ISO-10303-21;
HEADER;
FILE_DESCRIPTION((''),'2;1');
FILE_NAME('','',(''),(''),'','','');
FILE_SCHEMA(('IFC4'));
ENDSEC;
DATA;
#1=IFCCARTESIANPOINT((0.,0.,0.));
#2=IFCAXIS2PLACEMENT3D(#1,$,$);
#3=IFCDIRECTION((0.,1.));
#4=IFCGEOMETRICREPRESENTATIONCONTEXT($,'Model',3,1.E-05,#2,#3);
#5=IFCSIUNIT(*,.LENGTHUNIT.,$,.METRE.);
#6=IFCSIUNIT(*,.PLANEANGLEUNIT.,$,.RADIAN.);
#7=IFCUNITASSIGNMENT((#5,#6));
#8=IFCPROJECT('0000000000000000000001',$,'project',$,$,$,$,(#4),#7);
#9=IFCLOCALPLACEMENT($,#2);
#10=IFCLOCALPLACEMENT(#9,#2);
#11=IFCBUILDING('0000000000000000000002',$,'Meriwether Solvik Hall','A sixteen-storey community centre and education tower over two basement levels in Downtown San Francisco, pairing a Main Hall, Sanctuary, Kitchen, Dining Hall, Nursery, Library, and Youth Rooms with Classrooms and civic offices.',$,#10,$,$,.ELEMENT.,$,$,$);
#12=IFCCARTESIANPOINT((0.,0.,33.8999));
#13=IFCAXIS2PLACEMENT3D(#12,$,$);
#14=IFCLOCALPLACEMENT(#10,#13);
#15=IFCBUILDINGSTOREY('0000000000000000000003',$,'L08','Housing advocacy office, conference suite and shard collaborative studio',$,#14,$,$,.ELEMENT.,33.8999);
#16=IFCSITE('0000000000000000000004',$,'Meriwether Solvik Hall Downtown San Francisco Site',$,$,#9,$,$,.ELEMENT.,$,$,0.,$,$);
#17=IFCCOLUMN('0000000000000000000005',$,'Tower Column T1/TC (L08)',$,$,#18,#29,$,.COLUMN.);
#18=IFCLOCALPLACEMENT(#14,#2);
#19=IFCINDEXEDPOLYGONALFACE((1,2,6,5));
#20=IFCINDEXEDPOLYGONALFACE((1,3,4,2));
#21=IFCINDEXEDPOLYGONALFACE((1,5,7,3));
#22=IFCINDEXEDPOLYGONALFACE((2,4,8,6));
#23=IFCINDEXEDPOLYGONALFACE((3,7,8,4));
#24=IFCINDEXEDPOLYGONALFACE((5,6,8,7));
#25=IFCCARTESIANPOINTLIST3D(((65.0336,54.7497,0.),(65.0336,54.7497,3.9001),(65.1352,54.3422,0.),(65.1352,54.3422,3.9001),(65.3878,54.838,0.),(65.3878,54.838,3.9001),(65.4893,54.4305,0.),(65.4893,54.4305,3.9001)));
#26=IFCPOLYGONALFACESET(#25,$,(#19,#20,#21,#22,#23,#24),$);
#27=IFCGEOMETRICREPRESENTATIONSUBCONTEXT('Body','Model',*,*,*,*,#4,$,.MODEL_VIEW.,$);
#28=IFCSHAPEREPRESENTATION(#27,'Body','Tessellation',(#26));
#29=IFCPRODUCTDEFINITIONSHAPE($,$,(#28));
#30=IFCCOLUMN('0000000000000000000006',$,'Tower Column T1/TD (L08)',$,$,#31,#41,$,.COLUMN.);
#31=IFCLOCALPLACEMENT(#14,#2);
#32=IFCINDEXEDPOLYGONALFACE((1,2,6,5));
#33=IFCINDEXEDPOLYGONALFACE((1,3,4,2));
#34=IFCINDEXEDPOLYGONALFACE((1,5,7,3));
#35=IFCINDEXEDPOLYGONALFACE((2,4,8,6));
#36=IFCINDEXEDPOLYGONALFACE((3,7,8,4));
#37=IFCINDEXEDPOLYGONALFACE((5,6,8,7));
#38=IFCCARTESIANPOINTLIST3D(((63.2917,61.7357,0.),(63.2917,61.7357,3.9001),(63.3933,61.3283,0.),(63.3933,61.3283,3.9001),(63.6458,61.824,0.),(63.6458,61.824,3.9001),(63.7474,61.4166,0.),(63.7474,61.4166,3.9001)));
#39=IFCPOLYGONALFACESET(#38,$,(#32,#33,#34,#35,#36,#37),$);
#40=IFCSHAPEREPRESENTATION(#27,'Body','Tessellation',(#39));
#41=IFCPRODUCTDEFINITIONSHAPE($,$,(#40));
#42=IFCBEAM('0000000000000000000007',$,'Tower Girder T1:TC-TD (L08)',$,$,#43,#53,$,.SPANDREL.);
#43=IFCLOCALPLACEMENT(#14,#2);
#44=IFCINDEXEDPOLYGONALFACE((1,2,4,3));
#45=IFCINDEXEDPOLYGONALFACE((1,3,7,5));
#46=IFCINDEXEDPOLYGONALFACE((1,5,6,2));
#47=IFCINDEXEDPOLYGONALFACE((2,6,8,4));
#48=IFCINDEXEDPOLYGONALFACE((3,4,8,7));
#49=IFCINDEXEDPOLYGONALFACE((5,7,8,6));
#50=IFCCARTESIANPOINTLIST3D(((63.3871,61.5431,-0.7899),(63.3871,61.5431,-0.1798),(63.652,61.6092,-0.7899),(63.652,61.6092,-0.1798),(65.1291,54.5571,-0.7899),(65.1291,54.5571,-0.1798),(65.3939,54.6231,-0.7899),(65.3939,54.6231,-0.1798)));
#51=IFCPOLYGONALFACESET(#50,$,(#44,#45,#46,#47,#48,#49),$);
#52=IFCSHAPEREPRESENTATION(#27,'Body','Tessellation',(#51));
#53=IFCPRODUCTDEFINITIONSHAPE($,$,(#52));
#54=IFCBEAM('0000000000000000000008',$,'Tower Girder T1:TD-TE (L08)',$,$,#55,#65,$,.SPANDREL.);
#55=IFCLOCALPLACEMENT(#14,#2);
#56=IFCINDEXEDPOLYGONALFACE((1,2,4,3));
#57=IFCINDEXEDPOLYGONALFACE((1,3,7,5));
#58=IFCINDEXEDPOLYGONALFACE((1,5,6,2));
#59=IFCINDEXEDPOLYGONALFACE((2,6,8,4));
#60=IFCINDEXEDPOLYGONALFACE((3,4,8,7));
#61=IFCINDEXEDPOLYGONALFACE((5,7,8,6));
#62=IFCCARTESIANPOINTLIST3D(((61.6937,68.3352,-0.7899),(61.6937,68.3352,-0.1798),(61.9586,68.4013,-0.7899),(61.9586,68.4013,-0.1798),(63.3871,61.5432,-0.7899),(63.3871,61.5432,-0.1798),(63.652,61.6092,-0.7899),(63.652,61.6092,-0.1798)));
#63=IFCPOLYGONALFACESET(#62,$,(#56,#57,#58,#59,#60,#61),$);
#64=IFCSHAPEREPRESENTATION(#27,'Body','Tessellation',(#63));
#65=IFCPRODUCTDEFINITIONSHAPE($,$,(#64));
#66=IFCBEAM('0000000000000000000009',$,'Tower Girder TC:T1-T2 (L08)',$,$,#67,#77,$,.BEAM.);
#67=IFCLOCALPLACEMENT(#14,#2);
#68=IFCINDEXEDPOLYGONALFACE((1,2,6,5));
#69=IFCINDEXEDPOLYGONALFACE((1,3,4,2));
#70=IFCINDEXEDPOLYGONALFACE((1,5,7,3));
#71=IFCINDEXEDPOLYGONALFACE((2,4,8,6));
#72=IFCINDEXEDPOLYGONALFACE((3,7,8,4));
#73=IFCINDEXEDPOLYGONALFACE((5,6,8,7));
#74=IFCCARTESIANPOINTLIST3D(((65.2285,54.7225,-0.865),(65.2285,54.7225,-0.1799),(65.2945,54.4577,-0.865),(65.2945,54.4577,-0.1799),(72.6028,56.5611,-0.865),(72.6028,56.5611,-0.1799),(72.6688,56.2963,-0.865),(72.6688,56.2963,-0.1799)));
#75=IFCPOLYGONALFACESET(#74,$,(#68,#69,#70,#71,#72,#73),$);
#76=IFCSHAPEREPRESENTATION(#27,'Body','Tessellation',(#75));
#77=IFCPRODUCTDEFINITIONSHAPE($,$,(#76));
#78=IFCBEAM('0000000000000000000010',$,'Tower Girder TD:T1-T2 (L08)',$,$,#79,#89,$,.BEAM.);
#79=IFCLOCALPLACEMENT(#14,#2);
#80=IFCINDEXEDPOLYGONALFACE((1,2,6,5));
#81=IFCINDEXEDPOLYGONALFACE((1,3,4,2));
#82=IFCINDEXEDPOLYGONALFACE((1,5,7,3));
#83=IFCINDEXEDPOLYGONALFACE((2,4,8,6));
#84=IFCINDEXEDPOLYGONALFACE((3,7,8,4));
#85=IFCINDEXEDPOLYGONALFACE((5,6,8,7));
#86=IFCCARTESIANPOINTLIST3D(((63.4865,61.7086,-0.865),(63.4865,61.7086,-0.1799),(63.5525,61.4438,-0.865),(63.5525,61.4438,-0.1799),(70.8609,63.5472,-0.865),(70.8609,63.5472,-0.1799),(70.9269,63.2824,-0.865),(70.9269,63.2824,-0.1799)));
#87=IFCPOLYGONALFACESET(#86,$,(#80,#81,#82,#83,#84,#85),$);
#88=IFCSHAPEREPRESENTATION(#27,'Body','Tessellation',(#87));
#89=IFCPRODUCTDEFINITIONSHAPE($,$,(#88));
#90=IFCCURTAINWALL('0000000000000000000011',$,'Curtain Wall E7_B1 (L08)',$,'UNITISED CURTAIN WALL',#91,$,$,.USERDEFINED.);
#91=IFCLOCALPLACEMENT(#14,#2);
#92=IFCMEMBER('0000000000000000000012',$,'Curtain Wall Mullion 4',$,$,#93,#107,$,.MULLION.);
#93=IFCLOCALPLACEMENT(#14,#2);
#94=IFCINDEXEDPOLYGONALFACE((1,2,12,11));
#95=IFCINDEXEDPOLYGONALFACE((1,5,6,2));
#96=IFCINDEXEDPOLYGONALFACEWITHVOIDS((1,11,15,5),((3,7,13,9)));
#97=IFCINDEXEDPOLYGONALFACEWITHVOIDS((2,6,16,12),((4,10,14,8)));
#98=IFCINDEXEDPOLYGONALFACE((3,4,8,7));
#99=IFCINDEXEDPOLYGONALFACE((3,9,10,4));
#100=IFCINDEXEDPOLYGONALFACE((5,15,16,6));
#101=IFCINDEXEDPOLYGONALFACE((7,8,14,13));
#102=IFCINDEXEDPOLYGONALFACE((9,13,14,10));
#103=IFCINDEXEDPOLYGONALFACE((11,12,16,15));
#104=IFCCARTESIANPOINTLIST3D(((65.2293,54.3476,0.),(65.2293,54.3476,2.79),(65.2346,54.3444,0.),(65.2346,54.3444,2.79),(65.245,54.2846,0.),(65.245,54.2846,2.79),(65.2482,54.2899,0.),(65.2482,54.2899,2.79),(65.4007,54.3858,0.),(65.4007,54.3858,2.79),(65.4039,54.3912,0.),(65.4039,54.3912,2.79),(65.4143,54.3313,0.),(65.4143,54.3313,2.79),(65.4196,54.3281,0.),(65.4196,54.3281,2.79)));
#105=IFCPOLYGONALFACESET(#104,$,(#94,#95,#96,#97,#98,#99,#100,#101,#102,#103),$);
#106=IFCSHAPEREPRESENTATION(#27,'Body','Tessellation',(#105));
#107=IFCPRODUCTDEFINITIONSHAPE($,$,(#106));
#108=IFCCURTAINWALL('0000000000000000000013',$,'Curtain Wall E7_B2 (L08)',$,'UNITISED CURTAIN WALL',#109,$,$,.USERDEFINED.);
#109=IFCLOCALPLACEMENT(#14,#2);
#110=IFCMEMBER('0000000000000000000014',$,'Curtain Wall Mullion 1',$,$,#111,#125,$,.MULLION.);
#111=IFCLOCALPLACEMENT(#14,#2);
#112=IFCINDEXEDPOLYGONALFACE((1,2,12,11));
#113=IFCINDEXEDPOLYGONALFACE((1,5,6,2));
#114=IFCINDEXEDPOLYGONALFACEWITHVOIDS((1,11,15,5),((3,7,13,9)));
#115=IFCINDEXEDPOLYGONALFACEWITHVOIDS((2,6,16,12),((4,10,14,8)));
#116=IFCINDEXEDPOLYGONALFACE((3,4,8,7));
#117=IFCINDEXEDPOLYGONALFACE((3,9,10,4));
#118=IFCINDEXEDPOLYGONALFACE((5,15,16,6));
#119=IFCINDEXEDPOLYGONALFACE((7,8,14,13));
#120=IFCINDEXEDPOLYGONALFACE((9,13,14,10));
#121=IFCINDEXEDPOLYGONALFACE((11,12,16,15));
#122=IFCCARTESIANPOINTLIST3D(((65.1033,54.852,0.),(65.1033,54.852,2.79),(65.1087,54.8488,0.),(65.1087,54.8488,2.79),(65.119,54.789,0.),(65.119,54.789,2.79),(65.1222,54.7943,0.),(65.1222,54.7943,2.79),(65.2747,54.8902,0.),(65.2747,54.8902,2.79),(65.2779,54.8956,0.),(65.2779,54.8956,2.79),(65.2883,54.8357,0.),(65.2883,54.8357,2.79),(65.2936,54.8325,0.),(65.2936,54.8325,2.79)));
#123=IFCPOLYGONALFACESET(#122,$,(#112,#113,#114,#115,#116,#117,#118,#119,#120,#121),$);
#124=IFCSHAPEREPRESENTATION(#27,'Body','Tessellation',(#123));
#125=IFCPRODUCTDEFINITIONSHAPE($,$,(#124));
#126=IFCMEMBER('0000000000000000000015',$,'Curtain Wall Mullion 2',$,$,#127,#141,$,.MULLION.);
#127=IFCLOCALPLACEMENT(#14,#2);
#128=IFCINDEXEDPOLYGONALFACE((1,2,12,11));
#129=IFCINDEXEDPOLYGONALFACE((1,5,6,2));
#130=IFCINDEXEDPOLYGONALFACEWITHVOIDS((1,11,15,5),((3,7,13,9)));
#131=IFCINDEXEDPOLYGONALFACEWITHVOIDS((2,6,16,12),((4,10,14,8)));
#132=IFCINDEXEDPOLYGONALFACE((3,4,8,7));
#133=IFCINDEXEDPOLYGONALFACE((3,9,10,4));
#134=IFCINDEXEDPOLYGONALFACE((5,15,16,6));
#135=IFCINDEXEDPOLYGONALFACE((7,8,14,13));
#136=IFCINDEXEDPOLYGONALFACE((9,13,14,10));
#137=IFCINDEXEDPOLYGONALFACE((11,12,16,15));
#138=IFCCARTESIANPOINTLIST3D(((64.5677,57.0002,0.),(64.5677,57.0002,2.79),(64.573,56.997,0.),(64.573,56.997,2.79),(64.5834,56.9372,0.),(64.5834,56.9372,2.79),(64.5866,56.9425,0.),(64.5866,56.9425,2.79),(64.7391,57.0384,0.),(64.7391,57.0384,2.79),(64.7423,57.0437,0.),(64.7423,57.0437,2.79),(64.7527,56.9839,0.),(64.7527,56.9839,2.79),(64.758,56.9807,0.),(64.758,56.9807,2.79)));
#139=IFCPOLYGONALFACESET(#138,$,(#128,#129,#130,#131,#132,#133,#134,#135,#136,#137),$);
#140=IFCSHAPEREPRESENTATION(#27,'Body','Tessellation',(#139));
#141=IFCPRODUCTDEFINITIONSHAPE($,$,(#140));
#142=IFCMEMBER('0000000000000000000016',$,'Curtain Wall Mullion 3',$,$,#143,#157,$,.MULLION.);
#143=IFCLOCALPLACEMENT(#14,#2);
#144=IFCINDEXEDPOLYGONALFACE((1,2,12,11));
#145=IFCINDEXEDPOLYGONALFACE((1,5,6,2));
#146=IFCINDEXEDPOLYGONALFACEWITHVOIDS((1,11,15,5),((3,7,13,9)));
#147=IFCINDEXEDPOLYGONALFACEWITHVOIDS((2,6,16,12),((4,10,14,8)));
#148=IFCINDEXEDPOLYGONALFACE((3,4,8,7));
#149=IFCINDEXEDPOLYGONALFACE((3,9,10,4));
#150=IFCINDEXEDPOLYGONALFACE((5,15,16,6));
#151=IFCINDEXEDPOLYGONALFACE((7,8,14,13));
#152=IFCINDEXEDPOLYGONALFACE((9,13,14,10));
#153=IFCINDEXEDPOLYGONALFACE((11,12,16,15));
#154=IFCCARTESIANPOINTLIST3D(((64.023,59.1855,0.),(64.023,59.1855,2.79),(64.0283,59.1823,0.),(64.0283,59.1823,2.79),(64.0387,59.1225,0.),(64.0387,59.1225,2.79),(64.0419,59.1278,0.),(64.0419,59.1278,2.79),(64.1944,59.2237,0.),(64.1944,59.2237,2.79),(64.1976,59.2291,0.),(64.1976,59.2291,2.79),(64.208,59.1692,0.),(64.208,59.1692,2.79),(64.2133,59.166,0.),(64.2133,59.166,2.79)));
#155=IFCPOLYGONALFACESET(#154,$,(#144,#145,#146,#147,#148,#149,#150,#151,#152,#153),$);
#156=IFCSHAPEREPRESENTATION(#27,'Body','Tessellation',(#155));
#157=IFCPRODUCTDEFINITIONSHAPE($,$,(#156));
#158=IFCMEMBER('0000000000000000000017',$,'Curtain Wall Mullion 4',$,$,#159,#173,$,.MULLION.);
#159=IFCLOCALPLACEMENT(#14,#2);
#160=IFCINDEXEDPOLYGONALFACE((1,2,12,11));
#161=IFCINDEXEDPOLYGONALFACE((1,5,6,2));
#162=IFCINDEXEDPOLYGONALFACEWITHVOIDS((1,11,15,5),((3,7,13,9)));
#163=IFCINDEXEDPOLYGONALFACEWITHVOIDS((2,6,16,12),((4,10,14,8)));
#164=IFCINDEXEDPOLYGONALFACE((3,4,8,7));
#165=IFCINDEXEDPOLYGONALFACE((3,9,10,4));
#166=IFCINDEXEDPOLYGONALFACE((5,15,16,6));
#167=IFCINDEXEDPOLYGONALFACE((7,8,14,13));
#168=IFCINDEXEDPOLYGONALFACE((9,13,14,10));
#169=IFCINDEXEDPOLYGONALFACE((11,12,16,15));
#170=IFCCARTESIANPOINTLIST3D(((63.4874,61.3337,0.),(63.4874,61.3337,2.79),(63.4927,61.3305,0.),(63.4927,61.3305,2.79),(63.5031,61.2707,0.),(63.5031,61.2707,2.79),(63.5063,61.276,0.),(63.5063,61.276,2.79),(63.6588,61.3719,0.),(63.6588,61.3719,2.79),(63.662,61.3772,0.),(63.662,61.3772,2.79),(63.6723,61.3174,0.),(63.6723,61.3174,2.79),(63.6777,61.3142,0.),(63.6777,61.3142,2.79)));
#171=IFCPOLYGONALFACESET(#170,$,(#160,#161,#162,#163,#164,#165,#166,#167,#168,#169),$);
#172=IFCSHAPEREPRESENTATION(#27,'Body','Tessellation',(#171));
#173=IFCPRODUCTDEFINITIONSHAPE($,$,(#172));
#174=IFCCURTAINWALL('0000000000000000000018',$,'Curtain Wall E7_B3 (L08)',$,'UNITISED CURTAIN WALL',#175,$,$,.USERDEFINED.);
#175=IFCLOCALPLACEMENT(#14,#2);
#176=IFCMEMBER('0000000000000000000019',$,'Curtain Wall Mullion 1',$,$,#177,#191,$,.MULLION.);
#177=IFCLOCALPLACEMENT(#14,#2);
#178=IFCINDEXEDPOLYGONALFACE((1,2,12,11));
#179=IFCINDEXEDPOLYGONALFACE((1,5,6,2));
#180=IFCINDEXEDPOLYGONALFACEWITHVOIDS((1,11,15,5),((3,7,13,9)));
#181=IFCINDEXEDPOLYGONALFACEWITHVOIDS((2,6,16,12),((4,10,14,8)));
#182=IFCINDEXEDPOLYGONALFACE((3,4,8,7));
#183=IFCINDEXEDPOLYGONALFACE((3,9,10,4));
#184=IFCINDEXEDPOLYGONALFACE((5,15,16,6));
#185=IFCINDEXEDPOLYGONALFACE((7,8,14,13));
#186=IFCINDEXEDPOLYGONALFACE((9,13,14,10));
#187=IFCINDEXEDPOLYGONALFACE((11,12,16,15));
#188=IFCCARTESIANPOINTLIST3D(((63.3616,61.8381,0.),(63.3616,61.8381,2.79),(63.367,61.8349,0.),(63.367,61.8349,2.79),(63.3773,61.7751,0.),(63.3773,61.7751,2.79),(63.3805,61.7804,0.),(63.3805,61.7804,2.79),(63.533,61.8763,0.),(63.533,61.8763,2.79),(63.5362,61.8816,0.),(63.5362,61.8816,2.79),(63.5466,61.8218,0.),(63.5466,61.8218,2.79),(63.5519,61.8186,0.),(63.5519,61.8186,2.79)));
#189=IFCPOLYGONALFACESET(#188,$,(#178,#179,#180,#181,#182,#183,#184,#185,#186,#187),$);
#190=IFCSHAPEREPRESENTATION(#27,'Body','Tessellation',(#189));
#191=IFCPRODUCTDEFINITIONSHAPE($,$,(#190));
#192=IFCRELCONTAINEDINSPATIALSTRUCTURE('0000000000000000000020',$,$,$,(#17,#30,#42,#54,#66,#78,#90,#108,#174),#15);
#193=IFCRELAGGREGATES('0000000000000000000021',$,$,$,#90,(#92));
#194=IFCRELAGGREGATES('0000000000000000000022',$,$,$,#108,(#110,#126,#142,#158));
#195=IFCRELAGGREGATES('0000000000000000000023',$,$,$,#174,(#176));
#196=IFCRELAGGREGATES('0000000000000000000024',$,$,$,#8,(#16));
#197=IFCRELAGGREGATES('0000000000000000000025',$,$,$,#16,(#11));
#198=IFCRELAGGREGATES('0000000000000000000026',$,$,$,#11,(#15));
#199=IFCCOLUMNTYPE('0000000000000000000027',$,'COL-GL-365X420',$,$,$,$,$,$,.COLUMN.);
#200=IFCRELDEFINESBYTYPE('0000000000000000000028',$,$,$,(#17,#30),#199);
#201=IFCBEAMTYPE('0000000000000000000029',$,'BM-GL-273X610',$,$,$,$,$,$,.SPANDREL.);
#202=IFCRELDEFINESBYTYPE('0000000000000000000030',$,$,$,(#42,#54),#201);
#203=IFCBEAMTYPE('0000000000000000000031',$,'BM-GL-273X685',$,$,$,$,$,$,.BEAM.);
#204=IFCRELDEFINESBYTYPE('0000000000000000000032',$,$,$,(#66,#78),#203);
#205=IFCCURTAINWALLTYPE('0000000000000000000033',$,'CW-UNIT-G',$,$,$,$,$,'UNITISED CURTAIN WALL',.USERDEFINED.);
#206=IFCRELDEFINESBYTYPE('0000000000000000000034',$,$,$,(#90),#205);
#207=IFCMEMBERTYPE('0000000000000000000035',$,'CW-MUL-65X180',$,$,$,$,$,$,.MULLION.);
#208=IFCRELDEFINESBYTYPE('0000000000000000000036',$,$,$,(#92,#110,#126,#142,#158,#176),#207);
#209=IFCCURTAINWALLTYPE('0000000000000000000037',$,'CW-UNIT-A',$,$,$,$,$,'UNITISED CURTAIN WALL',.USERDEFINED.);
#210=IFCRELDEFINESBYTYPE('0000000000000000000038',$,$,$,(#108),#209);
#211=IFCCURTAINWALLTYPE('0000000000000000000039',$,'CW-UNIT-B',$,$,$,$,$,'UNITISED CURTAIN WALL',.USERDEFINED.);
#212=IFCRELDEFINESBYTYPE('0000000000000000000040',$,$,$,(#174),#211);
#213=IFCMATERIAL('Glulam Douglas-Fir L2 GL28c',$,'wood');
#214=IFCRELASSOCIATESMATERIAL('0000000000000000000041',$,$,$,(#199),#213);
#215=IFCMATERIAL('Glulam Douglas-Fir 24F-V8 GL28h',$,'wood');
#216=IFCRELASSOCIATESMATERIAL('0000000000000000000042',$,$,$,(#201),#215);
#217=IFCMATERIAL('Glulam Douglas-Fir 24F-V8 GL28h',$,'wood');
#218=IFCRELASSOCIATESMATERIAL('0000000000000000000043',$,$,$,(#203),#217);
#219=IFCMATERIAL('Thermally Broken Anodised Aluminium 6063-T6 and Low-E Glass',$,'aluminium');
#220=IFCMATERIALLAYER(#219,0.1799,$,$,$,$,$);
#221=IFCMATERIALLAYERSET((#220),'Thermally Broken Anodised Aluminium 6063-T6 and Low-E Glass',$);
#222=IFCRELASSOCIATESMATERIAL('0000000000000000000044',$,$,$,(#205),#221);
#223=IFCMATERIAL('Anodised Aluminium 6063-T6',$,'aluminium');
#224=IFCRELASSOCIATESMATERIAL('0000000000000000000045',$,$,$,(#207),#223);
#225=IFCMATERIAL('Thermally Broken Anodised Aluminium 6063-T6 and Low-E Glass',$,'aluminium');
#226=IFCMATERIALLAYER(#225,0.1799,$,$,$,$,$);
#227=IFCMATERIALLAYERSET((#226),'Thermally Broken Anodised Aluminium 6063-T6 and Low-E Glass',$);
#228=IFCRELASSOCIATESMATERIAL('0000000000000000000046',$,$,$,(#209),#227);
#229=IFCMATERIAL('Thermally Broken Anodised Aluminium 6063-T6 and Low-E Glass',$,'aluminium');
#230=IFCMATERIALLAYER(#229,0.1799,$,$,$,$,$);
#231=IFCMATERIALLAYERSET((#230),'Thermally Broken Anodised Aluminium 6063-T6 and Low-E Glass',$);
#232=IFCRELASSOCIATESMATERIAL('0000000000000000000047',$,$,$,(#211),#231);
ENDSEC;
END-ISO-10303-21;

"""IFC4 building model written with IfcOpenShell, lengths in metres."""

from ifc_helpers import new_model, si_unit, direction, frame, origin, origin_2d, place, context, subcontext, project, spatial, rectangle, hollow_rectangle, extrude, material, layer, layer_set, material_profile, profile_set, type_object, element, aggregate, save


model = new_model("IFC4")

# Units and contexts
model_context = context("Model", 3, precision=1e-05, world=origin(), true_north=direction((0.0, 1.0)))
body_context = subcontext(model_context, "Body", "Model", "MODEL_VIEW")
ifc_project = project(units=[si_unit("LENGTHUNIT", "METRE"), si_unit("PLANEANGLEUNIT", "RADIAN")], contexts=[model_context])

# Site, building, storey
site_placement = place(None, origin())
site = spatial("IfcSite", under=ifc_project, at=site_placement, Name="Meriwether Solvik Hall Downtown San Francisco Site", CompositionType="ELEMENT", RefElevation=0.0)
building_placement = place(site_placement, origin())
building = spatial("IfcBuilding", under=site, at=building_placement, Name="Meriwether Solvik Hall", Description="A sixteen-storey community centre and education tower over two basement levels in Downtown San Francisco, pairing a Main Hall, Sanctuary, Kitchen, Dining Hall, Nursery, Library, and Youth Rooms with Classrooms and civic offices.", CompositionType="ELEMENT")
storey_placement = place(building_placement, frame((0.0, 0.0, 33.8999)))
storey = spatial("IfcBuildingStorey", under=building, at=storey_placement, Name="L08", Description="Housing advocacy office, conference suite and shard collaborative studio", CompositionType="ELEMENT", Elevation=33.8999)

# Columns
ifc_material_1 = material(Name="Glulam Douglas-Fir L2 GL28c", Category="wood")
ifc_material_profile_1 = material_profile(ifc_material_1, rectangle(XDim=0.365, YDim=0.4199, at=origin_2d()), Name="GLC-365X420")
ifc_profile_set_1 = profile_set([ifc_material_profile_1], Name="Glulam Douglas-Fir L2 GL28c")
column_type = type_object("IfcColumnType", Name="COL-GL-365X420", PredefinedType="COLUMN", material=ifc_profile_set_1)
for number, where, z_axis, x_axis, name in (
    (1, (65.2615, 54.5901, 0.0), (0.0, 0.0, 1.0), (0.970296, 0.241922, 0.0), "Tower Column T1/TC (L08)"),
    (2, (63.5195, 61.5762, 0.0), (0.0, 0.0, 1.0), (0.970296, 0.241922, 0.0), "Tower Column T1/TD (L08)"),
):
    element("IfcColumn", number, at=place(storey_placement, frame(where, z_axis=z_axis, x_axis=x_axis)), inside=storey, type_object=column_type, Name=name, PredefinedType="COLUMN", context=body_context, shape_type="SweptSolid", body=[
        extrude(rectangle(XDim=0.365, YDim=0.4199, at=origin_2d()), origin(), (0.0, 0.0, 1.0), 3.9001),
    ])

# Beams
ifc_material_2 = material(Name="Glulam Douglas-Fir 24F-V8 GL28h", Category="wood")
ifc_material_profile_2 = material_profile(ifc_material_2, rectangle(XDim=0.2729, YDim=0.6101, at=origin_2d()), Name="GLB-273X610")
ifc_profile_set_2 = profile_set([ifc_material_profile_2], Name="Glulam Douglas-Fir 24F-V8 GL28h")
beam_type_1 = type_object("IfcBeamType", Name="BM-GL-273X610", PredefinedType="SPANDREL", material=ifc_profile_set_2)
beam_1_placement = place(storey_placement, frame((65.2615, 54.5901, -0.4849), z_axis=(-0.241937, 0.970292, 0.0), x_axis=(-0.970292, -0.241937, 0.0)))
element("IfcBeam", 3, at=beam_1_placement, inside=storey, type_object=beam_type_1, Name="Tower Girder T1:TC-TD (L08)", PredefinedType="SPANDREL", context=body_context, shape_type="SweptSolid", body=[
    extrude(rectangle(XDim=0.2729, YDim=0.6101, at=origin_2d()), origin(), (0.0, 0.0, 1.0), 7.2),
])
beam_2_placement = place(storey_placement, frame((63.5195, 61.5762, -0.4849), z_axis=(-0.241912, 0.970298, 0.0), x_axis=(-0.970298, -0.241912, 0.0)))
element("IfcBeam", 4, at=beam_2_placement, inside=storey, type_object=beam_type_1, Name="Tower Girder T1:TD-TE (L08)", PredefinedType="SPANDREL", context=body_context, shape_type="SweptSolid", body=[
    extrude(rectangle(XDim=0.2729, YDim=0.6101, at=origin_2d()), origin(), (0.0, 0.0, 1.0), 7.0),
])
ifc_material_3 = material(Name="Glulam Douglas-Fir 24F-V8 GL28h", Category="wood")
ifc_material_profile_3 = material_profile(ifc_material_3, rectangle(XDim=0.2729, YDim=0.6851, at=origin_2d()), Name="GLB-273X685")
ifc_profile_set_3 = profile_set([ifc_material_profile_3], Name="Glulam Douglas-Fir 24F-V8 GL28h")
beam_type_2 = type_object("IfcBeamType", Name="BM-GL-273X685", PredefinedType="BEAM", material=ifc_profile_set_3)
for number, where, z_axis, x_axis, name in (
    (5, (65.2615, 54.5901, -0.5225), (0.970295, 0.241923, 0.0), (-0.241923, 0.970295, 0.0), "Tower Girder TC:T1-T2 (L08)"),
    (6, (63.5195, 61.5762, -0.5225), (0.970295, 0.241923, 0.0), (-0.241923, 0.970295, 0.0), "Tower Girder TD:T1-T2 (L08)"),
):
    element("IfcBeam", number, at=place(storey_placement, frame(where, z_axis=z_axis, x_axis=x_axis)), inside=storey, type_object=beam_type_2, Name=name, PredefinedType="BEAM", context=body_context, shape_type="SweptSolid", body=[
        extrude(rectangle(XDim=0.2729, YDim=0.6851, at=origin_2d()), origin(), (0.0, 0.0, 1.0), 7.6001),
    ])

# Curtain wall, member
ifc_material_4 = material(Name="Thermally Broken Anodised Aluminium 6063-T6 and Low-E Glass", Category="aluminium")
ifc_layer_1 = layer(ifc_material_4, 0.1799)
ifc_layer_set_1 = layer_set([ifc_layer_1], Name="Thermally Broken Anodised Aluminium 6063-T6 and Low-E Glass")
curtain_wall_type_1 = type_object("IfcCurtainWallType", Name="CW-UNIT-G", ElementType="UNITISED CURTAIN WALL", PredefinedType="USERDEFINED", material=ifc_layer_set_1)
curtain_wall_1_placement = place(storey_placement, origin())
curtain_wall_1 = element("IfcCurtainWall", 7, at=curtain_wall_1_placement, inside=storey, type_object=curtain_wall_type_1, Name="Curtain Wall E7_B1 (L08)", ObjectType="UNITISED CURTAIN WALL", PredefinedType="USERDEFINED")
ifc_material_5 = material(Name="Anodised Aluminium 6063-T6", Category="aluminium")
ifc_material_profile_4 = material_profile(ifc_material_5, hollow_rectangle(XDim=0.0649, YDim=0.1799, WallThickness=0.0044, at=origin_2d()), Name="CWM-65X180")
ifc_profile_set_4 = profile_set([ifc_material_profile_4], Name="Anodised Aluminium 6063-T6")
member_type_1 = type_object("IfcMemberType", Name="CW-MUL-65X180", PredefinedType="MULLION", material=ifc_profile_set_4)
member_1_placement = place(storey_placement, frame((65.3245, 54.3379, 0.0), z_axis=(0.0, 0.0, 1.0), x_axis=(-0.241922, 0.970296, 0.0)))
member_1 = element("IfcMember", 8, at=member_1_placement, type_object=member_type_1, Name="Curtain Wall Mullion 4", PredefinedType="MULLION", context=body_context, shape_type="SweptSolid", body=[
    extrude(hollow_rectangle(XDim=0.0649, YDim=0.1799, WallThickness=0.0044, at=origin_2d()), origin(), (0.0, 0.0, 1.0), 2.79),
])
aggregate(curtain_wall_1, [member_1])

# Curtain wall, members
ifc_material_6 = material(Name="Thermally Broken Anodised Aluminium 6063-T6 and Low-E Glass", Category="aluminium")
ifc_layer_2 = layer(ifc_material_6, 0.1799)
ifc_layer_set_2 = layer_set([ifc_layer_2], Name="Thermally Broken Anodised Aluminium 6063-T6 and Low-E Glass")
curtain_wall_type_2 = type_object("IfcCurtainWallType", Name="CW-UNIT-A", ElementType="UNITISED CURTAIN WALL", PredefinedType="USERDEFINED", material=ifc_layer_set_2)
curtain_wall_2_placement = place(storey_placement, origin())
curtain_wall_2 = element("IfcCurtainWall", 9, at=curtain_wall_2_placement, inside=storey, type_object=curtain_wall_type_2, Name="Curtain Wall E7_B2 (L08)", ObjectType="UNITISED CURTAIN WALL", PredefinedType="USERDEFINED")
member_2_placement = place(storey_placement, frame((65.1985, 54.8423, 0.0), z_axis=(0.0, 0.0, 1.0), x_axis=(-0.241922, 0.970296, 0.0)))
member_2 = element("IfcMember", 10, at=member_2_placement, type_object=member_type_1, Name="Curtain Wall Mullion 1", PredefinedType="MULLION", context=body_context, shape_type="SweptSolid", body=[
    extrude(hollow_rectangle(XDim=0.0649, YDim=0.1799, WallThickness=0.0044, at=origin_2d()), origin(), (0.0, 0.0, 1.0), 2.79),
])
member_3_placement = place(storey_placement, frame((64.6628, 56.9905, 0.0), z_axis=(0.0, 0.0, 1.0), x_axis=(-0.241922, 0.970296, 0.0)))
member_3 = element("IfcMember", 11, at=member_3_placement, type_object=member_type_1, Name="Curtain Wall Mullion 2", PredefinedType="MULLION", context=body_context, shape_type="SweptSolid", body=[
    extrude(hollow_rectangle(XDim=0.0649, YDim=0.1799, WallThickness=0.0044, at=origin_2d()), origin(), (0.0, 0.0, 1.0), 2.79),
])
member_4_placement = place(storey_placement, frame((64.1182, 59.1758, 0.0), z_axis=(0.0, 0.0, 1.0), x_axis=(-0.241922, 0.970296, 0.0)))
member_4 = element("IfcMember", 12, at=member_4_placement, type_object=member_type_1, Name="Curtain Wall Mullion 3", PredefinedType="MULLION", context=body_context, shape_type="SweptSolid", body=[
    extrude(hollow_rectangle(XDim=0.0649, YDim=0.1799, WallThickness=0.0044, at=origin_2d()), origin(), (0.0, 0.0, 1.0), 2.79),
])
member_5_placement = place(storey_placement, frame((63.5825, 61.324, 0.0), z_axis=(0.0, 0.0, 1.0), x_axis=(-0.241922, 0.970296, 0.0)))
member_5 = element("IfcMember", 13, at=member_5_placement, type_object=member_type_1, Name="Curtain Wall Mullion 4", PredefinedType="MULLION", context=body_context, shape_type="SweptSolid", body=[
    extrude(hollow_rectangle(XDim=0.0649, YDim=0.1799, WallThickness=0.0044, at=origin_2d()), origin(), (0.0, 0.0, 1.0), 2.79),
])

# Curtain wall, member
ifc_material_7 = material(Name="Thermally Broken Anodised Aluminium 6063-T6 and Low-E Glass", Category="aluminium")
ifc_layer_3 = layer(ifc_material_7, 0.1799)
ifc_layer_set_3 = layer_set([ifc_layer_3], Name="Thermally Broken Anodised Aluminium 6063-T6 and Low-E Glass")
curtain_wall_type_3 = type_object("IfcCurtainWallType", Name="CW-UNIT-B", ElementType="UNITISED CURTAIN WALL", PredefinedType="USERDEFINED", material=ifc_layer_set_3)
curtain_wall_3_placement = place(storey_placement, origin())
curtain_wall_3 = element("IfcCurtainWall", 14, at=curtain_wall_3_placement, inside=storey, type_object=curtain_wall_type_3, Name="Curtain Wall E7_B3 (L08)", ObjectType="UNITISED CURTAIN WALL", PredefinedType="USERDEFINED")
member_6_placement = place(storey_placement, frame((63.4568, 61.8284, 0.0), z_axis=(0.0, 0.0, 1.0), x_axis=(-0.241922, 0.970296, 0.0)))
member_6 = element("IfcMember", 15, at=member_6_placement, type_object=member_type_1, Name="Curtain Wall Mullion 1", PredefinedType="MULLION", context=body_context, shape_type="SweptSolid", body=[
    extrude(hollow_rectangle(XDim=0.0649, YDim=0.1799, WallThickness=0.0044, at=origin_2d()), origin(), (0.0, 0.0, 1.0), 2.79),
])

aggregate(curtain_wall_2, [member_2, member_3, member_4, member_5])
aggregate(curtain_wall_3, [member_6])

save(model, "model.ifc")
